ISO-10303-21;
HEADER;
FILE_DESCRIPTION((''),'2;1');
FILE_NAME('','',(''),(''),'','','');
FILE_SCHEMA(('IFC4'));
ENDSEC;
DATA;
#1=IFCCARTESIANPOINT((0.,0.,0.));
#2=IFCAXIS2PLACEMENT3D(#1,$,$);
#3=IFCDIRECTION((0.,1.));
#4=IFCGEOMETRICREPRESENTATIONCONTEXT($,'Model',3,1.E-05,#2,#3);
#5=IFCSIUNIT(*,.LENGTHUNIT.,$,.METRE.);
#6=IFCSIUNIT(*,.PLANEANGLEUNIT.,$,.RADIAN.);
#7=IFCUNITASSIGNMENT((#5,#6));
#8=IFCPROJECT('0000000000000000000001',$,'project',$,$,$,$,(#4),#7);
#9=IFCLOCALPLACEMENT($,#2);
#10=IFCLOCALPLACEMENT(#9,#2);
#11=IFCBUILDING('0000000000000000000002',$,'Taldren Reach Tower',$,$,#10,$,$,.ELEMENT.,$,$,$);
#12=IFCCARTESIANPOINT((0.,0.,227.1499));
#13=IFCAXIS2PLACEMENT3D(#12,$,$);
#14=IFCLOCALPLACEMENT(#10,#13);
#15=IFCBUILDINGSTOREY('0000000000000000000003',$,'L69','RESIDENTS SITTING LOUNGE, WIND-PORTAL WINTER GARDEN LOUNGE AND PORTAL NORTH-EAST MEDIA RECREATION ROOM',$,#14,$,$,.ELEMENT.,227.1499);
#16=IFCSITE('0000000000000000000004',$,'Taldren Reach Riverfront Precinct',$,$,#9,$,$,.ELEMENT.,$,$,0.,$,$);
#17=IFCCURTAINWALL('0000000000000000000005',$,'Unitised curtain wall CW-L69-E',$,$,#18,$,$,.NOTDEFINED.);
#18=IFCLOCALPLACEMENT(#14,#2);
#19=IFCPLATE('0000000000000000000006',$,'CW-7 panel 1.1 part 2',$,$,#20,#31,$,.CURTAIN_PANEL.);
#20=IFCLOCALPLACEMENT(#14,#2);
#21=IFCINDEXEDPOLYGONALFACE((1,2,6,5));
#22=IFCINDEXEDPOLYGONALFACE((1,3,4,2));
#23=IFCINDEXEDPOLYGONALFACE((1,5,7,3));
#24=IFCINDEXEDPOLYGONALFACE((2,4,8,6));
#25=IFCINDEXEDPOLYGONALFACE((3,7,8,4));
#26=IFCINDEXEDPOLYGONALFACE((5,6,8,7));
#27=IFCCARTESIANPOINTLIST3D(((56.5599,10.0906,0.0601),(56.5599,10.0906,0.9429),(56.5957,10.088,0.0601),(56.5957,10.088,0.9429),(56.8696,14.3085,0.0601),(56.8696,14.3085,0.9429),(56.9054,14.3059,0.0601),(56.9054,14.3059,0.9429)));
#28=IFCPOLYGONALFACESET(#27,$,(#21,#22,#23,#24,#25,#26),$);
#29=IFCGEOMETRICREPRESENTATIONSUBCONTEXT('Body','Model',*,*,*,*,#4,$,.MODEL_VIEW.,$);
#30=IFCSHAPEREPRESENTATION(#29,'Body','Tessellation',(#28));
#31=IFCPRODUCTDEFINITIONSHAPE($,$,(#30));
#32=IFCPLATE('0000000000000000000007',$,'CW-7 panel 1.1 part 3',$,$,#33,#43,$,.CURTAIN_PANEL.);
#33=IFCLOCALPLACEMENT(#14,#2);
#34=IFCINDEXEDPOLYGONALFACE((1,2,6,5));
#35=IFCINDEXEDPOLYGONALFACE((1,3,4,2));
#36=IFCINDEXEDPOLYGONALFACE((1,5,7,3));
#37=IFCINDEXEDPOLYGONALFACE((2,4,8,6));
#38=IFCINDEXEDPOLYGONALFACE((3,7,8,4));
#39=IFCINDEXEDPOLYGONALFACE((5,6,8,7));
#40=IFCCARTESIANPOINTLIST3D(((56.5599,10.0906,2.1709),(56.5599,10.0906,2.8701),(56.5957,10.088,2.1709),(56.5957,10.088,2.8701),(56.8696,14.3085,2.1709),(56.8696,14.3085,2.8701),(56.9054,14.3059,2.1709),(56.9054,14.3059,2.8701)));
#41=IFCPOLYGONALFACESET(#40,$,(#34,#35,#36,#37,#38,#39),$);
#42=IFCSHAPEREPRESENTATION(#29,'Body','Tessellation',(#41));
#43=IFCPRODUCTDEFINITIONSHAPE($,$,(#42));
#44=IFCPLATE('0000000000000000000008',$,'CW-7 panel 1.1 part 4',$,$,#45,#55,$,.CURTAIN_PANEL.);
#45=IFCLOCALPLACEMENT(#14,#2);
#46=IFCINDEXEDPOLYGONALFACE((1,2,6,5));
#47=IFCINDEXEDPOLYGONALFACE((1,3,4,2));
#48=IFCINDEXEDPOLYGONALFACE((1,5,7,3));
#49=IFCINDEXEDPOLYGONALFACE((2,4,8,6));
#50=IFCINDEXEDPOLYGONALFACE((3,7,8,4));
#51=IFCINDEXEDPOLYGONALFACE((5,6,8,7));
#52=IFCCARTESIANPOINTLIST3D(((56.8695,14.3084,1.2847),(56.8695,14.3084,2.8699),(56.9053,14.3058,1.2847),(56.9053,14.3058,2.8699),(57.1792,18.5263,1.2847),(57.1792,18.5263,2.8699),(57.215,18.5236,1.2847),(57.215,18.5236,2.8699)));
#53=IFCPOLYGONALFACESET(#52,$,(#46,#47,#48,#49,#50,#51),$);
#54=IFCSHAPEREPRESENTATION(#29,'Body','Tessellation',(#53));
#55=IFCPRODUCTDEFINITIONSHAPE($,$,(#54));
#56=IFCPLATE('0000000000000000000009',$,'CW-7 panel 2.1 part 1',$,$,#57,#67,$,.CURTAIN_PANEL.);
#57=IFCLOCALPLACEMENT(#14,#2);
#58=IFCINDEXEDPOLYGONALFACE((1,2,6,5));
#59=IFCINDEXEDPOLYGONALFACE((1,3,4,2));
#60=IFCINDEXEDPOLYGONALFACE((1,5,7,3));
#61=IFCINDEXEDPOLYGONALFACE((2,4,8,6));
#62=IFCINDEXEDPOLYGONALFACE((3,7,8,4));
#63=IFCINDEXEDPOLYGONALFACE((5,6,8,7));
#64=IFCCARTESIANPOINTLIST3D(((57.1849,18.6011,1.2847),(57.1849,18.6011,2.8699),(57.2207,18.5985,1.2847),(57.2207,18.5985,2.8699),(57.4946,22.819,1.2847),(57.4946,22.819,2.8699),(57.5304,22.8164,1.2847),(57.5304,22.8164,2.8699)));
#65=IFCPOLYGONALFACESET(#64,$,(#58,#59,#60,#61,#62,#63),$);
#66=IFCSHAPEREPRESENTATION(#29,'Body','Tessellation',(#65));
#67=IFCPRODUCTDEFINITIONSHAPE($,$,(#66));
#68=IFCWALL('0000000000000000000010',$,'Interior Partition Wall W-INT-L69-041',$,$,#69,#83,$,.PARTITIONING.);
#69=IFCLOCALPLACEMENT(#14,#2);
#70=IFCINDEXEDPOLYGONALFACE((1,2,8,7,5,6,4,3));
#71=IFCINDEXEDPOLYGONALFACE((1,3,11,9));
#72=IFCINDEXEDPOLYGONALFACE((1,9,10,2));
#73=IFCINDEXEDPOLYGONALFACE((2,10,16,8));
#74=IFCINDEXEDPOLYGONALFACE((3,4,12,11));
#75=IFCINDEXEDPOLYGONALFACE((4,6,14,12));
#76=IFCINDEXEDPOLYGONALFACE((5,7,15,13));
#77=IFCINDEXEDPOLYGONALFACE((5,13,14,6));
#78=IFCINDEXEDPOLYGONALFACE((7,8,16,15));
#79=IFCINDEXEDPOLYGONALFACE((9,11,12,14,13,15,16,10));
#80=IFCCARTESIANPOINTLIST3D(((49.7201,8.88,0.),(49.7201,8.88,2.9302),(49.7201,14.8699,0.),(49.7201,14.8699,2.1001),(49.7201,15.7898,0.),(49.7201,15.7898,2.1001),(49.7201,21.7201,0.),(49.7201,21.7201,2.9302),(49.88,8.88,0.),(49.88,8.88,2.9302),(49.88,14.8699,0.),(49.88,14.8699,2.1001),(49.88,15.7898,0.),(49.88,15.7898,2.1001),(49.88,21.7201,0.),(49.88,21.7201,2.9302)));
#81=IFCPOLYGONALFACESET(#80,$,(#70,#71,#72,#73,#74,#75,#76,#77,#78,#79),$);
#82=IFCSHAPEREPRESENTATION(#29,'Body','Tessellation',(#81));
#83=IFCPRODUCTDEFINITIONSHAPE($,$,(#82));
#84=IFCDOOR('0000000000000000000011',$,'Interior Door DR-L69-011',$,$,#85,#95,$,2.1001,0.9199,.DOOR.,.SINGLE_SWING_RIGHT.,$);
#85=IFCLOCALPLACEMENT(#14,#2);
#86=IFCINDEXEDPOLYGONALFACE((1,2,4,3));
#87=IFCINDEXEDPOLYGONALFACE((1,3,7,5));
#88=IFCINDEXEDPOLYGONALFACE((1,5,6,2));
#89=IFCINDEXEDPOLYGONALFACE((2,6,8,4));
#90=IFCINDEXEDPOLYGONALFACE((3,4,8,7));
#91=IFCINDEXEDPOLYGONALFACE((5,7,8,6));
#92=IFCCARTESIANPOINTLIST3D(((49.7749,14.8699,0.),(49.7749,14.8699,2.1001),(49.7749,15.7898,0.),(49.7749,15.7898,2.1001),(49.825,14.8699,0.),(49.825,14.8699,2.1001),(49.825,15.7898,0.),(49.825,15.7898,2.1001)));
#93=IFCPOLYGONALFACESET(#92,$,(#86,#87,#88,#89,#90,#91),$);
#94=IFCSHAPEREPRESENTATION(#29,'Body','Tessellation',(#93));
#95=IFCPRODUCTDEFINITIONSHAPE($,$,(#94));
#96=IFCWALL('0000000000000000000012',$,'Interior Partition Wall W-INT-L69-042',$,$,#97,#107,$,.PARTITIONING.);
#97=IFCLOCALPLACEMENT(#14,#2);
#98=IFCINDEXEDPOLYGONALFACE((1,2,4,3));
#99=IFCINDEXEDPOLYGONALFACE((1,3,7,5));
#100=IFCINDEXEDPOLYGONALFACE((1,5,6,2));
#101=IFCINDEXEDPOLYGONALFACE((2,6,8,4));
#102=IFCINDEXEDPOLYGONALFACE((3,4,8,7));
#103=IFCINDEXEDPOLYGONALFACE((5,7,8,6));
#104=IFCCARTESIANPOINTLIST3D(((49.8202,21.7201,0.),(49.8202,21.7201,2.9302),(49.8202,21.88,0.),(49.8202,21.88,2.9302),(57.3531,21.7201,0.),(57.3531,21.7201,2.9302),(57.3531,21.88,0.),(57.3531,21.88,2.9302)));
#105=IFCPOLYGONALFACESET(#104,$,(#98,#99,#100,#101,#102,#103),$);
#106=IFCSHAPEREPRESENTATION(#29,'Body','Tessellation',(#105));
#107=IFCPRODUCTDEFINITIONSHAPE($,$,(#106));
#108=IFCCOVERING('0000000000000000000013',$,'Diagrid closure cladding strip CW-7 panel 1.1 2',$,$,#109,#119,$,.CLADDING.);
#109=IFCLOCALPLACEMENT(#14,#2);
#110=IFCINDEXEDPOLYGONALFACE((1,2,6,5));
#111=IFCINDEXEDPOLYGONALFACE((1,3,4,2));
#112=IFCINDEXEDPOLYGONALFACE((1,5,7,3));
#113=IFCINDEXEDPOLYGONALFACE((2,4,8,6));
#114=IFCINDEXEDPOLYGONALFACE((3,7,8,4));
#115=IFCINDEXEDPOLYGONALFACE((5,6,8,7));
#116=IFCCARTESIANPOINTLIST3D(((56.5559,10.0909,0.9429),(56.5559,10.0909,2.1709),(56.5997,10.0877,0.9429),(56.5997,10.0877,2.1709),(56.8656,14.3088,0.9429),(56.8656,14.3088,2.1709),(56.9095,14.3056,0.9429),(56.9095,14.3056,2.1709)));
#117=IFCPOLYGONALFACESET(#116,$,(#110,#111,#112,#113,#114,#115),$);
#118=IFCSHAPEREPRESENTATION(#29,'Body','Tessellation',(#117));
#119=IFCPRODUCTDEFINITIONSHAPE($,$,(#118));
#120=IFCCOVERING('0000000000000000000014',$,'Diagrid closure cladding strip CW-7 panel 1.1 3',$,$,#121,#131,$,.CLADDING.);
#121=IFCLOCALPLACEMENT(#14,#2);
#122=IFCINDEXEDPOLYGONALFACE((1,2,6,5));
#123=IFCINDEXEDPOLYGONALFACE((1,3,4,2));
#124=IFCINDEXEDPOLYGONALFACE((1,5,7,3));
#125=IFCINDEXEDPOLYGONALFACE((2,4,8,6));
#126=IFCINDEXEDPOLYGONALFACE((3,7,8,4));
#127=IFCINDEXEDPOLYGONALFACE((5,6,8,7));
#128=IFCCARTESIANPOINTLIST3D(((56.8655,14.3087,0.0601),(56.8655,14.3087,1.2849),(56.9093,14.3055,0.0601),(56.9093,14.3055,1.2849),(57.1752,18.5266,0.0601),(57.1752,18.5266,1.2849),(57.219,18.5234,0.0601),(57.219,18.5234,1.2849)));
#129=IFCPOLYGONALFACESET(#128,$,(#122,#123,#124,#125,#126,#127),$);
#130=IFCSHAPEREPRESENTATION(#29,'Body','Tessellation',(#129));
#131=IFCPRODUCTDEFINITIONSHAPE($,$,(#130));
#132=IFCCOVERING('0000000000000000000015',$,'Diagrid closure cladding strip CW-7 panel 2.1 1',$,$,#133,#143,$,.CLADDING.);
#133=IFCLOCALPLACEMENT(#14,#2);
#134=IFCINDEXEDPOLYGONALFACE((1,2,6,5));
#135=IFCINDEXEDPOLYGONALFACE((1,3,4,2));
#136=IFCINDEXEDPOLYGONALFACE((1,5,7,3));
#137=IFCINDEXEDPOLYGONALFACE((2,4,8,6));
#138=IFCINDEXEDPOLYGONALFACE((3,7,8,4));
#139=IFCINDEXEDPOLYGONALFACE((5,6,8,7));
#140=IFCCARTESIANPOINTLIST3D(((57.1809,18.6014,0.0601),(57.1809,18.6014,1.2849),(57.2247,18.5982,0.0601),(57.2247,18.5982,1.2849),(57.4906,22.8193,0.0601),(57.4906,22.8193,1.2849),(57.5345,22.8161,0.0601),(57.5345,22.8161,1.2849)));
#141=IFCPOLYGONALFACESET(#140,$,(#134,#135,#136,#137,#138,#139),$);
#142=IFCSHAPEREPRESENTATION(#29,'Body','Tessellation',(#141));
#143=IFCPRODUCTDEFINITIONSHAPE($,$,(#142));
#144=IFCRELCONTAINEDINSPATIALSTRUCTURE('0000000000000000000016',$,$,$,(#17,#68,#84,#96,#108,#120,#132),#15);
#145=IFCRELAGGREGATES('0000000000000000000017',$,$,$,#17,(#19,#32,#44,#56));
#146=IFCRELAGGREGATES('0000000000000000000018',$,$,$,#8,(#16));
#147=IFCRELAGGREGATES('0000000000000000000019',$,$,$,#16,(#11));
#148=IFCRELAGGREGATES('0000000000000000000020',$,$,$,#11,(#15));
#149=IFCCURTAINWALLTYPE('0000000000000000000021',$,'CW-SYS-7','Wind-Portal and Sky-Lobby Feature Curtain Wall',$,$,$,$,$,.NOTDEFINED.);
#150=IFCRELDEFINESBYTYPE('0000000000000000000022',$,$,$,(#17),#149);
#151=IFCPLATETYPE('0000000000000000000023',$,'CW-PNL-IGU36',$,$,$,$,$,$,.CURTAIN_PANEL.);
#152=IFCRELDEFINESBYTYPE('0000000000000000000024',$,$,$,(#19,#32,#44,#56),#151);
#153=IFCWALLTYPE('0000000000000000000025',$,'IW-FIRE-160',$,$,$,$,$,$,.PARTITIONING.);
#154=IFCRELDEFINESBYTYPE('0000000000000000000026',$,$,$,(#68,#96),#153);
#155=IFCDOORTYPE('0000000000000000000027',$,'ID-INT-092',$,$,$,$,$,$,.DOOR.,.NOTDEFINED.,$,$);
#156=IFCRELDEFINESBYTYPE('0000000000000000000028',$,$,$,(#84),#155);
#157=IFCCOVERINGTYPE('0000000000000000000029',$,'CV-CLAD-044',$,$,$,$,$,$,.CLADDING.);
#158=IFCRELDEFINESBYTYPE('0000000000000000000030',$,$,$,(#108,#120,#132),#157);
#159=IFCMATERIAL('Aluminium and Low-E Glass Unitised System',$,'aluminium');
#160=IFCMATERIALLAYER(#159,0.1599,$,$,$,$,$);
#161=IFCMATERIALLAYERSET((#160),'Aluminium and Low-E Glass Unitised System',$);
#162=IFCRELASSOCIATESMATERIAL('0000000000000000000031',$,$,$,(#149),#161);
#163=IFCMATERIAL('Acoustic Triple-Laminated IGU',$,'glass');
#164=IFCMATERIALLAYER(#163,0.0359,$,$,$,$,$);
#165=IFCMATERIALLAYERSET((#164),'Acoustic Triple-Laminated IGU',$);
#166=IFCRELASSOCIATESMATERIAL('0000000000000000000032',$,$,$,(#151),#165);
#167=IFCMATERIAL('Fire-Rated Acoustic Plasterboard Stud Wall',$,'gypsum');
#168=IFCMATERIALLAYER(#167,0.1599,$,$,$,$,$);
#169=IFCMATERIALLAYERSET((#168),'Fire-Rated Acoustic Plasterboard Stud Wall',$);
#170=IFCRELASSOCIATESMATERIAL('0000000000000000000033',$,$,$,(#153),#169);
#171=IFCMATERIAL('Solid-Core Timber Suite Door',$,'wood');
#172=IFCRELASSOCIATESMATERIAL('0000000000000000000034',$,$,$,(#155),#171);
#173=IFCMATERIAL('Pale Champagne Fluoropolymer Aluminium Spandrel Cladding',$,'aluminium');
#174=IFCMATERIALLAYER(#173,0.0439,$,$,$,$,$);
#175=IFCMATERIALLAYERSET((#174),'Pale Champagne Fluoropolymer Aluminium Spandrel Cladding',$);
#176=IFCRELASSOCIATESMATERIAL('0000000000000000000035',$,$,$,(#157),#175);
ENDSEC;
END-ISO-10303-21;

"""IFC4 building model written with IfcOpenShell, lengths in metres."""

from ifc_helpers import new_model, si_unit, direction, frame, frame_2d, origin, origin_2d, place, context, subcontext, project, spatial, rectangle, extrude, source, transform, mapped, material, layer, layer_set, type_object, element, fill, aggregate, save


model = new_model("IFC4")

# Units and contexts
model_context = context("Model", 3, precision=1e-05, world=origin(), true_north=direction((0.0, 1.0)))
body_context = subcontext(model_context, "Body", "Model", "MODEL_VIEW")
ifc_project = project(units=[si_unit("LENGTHUNIT", "METRE"), si_unit("PLANEANGLEUNIT", "RADIAN")], contexts=[model_context])

# Site, building, storey
site_placement = place(None, origin())
site = spatial("IfcSite", under=ifc_project, at=site_placement, Name="Taldren Reach Riverfront Precinct", CompositionType="ELEMENT", RefElevation=0.0)
building_placement = place(site_placement, origin())
building = spatial("IfcBuilding", under=site, at=building_placement, Name="Taldren Reach Tower", CompositionType="ELEMENT")
storey_placement = place(building_placement, frame((0.0, 0.0, 227.1499)))
storey = spatial("IfcBuildingStorey", under=building, at=storey_placement, Name="L69", Description="RESIDENTS SITTING LOUNGE, WIND-PORTAL WINTER GARDEN LOUNGE AND PORTAL NORTH-EAST MEDIA RECREATION ROOM", CompositionType="ELEMENT", Elevation=227.1499)

# Curtain wall
ifc_material_1 = material(Name="Aluminium and Low-E Glass Unitised System", Category="aluminium")
ifc_layer_1 = layer(ifc_material_1, 0.1599)
ifc_layer_set_1 = layer_set([ifc_layer_1], Name="Aluminium and Low-E Glass Unitised System")
curtain_wall_type = type_object("IfcCurtainWallType", Name="CW-SYS-7", Description="Wind-Portal and Sky-Lobby Feature Curtain Wall", PredefinedType="NOTDEFINED", material=ifc_layer_set_1)
curtain_wall_placement = place(storey_placement, origin())
curtain_wall = element("IfcCurtainWall", 1, at=curtain_wall_placement, inside=storey, type_object=curtain_wall_type, Name="Unitised curtain wall CW-L69-E", PredefinedType="NOTDEFINED")

# Plates
ifc_material_2 = material(Name="Acoustic Triple-Laminated IGU", Category="glass")
ifc_layer_2 = layer(ifc_material_2, 0.0359)
ifc_layer_set_2 = layer_set([ifc_layer_2], Name="Acoustic Triple-Laminated IGU")
plate_type_1 = type_object("IfcPlateType", Name="CW-PNL-IGU36", PredefinedType="CURTAIN_PANEL", material=ifc_layer_set_2)
shared_shape_1 = source(origin(), body_context, "Body", "SweptSolid", [
    extrude(rectangle(XDim=4.2292, YDim=0.0359, at=origin_2d()), origin(), (0.0, 0.0, 1.0), 0.8828),
])
plate_1_placement = place(storey_placement, frame((56.7327, 12.1982, 0.0601), z_axis=(0.0, 0.0, 1.0), x_axis=(0.073238, 0.997314, 0.0)))
plate_1 = element("IfcPlate", 2, at=plate_1_placement, type_object=plate_type_1, Name="CW-7 panel 1.1 part 2", PredefinedType="CURTAIN_PANEL", context=body_context, shape_type="MappedRepresentation", body=[
    mapped(shared_shape_1, transform((0.0, 0.0, 0.0), scale=1.0)),
])
shared_shape_2 = source(origin(), body_context, "Body", "SweptSolid", [
    extrude(rectangle(XDim=4.2292, YDim=0.0359, at=origin_2d()), origin(), (0.0, 0.0, 1.0), 0.6992),
])
plate_2_placement = place(storey_placement, frame((56.7327, 12.1982, 2.1709), z_axis=(0.0, 0.0, 1.0), x_axis=(0.073238, 0.997314, 0.0)))
plate_2 = element("IfcPlate", 3, at=plate_2_placement, type_object=plate_type_1, Name="CW-7 panel 1.1 part 3", PredefinedType="CURTAIN_PANEL", context=body_context, shape_type="MappedRepresentation", body=[
    mapped(shared_shape_2, transform((0.0, 0.0, 0.0), scale=1.0)),
])
shared_shape_3 = source(origin(), body_context, "Body", "SweptSolid", [
    extrude(rectangle(XDim=4.2292, YDim=0.0359, at=origin_2d()), origin(), (0.0, 0.0, 1.0), 1.5852),
])
plate_3_placement = place(storey_placement, frame((57.0422, 16.416, 1.2847), z_axis=(0.0, 0.0, 1.0), x_axis=(0.073238, 0.997314, 0.0)))
plate_3 = element("IfcPlate", 4, at=plate_3_placement, type_object=plate_type_1, Name="CW-7 panel 1.1 part 4", PredefinedType="CURTAIN_PANEL", context=body_context, shape_type="MappedRepresentation", body=[
    mapped(shared_shape_3, transform((0.0, 0.0, 0.0), scale=1.0)),
])
plate_4_placement = place(storey_placement, frame((57.3577, 20.7087, 1.2847), z_axis=(0.0, 0.0, 1.0), x_axis=(0.073238, 0.997314, 0.0)))
plate_4 = element("IfcPlate", 5, at=plate_4_placement, type_object=plate_type_1, Name="CW-7 panel 2.1 part 1", PredefinedType="CURTAIN_PANEL", context=body_context, shape_type="MappedRepresentation", body=[
    mapped(shared_shape_3, transform((0.0, 0.0, 0.0), scale=1.0)),
])
aggregate(curtain_wall, [plate_1, plate_2, plate_3, plate_4])

# Wall, opening, door
ifc_material_3 = material(Name="Fire-Rated Acoustic Plasterboard Stud Wall", Category="gypsum")
ifc_layer_3 = layer(ifc_material_3, 0.1599)
ifc_layer_set_3 = layer_set([ifc_layer_3], Name="Fire-Rated Acoustic Plasterboard Stud Wall")
wall_type = type_object("IfcWallType", Name="IW-FIRE-160", PredefinedType="PARTITIONING", material=ifc_layer_set_3)
shared_shape_4 = source(origin(), body_context, "Body", "SweptSolid", [
    extrude(rectangle(XDim=12.8401, YDim=0.1599, at=frame_2d((6.4199, 0.0))), origin(), (0.0, 0.0, 1.0), 2.9302),
])
wall_1_placement = place(storey_placement, frame((49.8, 21.72, 0.0), z_axis=(0.0, 0.0, 1.0), x_axis=(0.0, -1.0, 0.0)))
wall_1 = element("IfcWall", 6, at=wall_1_placement, inside=storey, type_object=wall_type, Name="Interior Partition Wall W-INT-L69-041", PredefinedType="PARTITIONING", context=body_context, shape_type="MappedRepresentation", body=[
    mapped(shared_shape_4, transform((0.0, 0.0, 0.0), scale=1.0)),
])
shared_shape_5 = source(origin(), body_context, "Body", "SweptSolid", [
    extrude(rectangle(XDim=0.9199, YDim=2.1001, at=frame_2d((0.46, 1.05))), frame((0.0, 0.0898, 0.0), z_axis=(0.0, -1.0, 0.0), x_axis=(1.0, 0.0, 0.0)), (0.0, 0.0, 1.0), 0.1799),
])
opening_placement = place(wall_1_placement, frame((5.9302, 0.0, 0.0)))
opening = element("IfcOpeningElement", 7, at=opening_placement, cuts=wall_1, PredefinedType="OPENING", context=body_context, shape_type="MappedRepresentation", body=[
    mapped(shared_shape_5, transform((0.0, 0.0, 0.0), scale=1.0)),
])
ifc_material_4 = material(Name="Solid-Core Timber Suite Door", Category="wood")
door_type = type_object("IfcDoorType", Name="ID-INT-092", OperationType="NOTDEFINED", PredefinedType="DOOR", material=ifc_material_4)
shared_shape_6 = source(origin(), body_context, "Body", "SweptSolid", [
    extrude(rectangle(XDim=0.9199, YDim=2.1001, at=frame_2d((0.46, 1.05))), frame((0.0, 0.0249, 0.0), z_axis=(0.0, -1.0, 0.0), x_axis=(1.0, 0.0, 0.0)), (0.0, 0.0, 1.0), 0.05),
])
door_placement = place(opening_placement, origin())
door = element("IfcDoor", 8, at=door_placement, inside=storey, type_object=door_type, Name="Interior Door DR-L69-011", OperationType="SINGLE_SWING_RIGHT", OverallHeight=2.1001, OverallWidth=0.9199, PredefinedType="DOOR", context=body_context, shape_type="MappedRepresentation", body=[
    mapped(shared_shape_6, transform((0.0, 0.0, 0.0), scale=1.0)),
])
fill(opening, door)

# Wall
shared_shape_7 = source(origin(), body_context, "Body", "SweptSolid", [
    extrude(rectangle(XDim=7.533, YDim=0.1599, at=frame_2d((3.7666, 0.0))), origin(), (0.0, 0.0, 1.0), 2.9302),
])
wall_2_placement = place(storey_placement, frame((57.3533, 21.8, 0.0), z_axis=(0.0, 0.0, 1.0), x_axis=(-1.0, 0.0, 0.0)))
element("IfcWall", 9, at=wall_2_placement, inside=storey, type_object=wall_type, Name="Interior Partition Wall W-INT-L69-042", PredefinedType="PARTITIONING", context=body_context, shape_type="MappedRepresentation", body=[
    mapped(shared_shape_7, transform((0.0, 0.0, 0.0), scale=1.0)),
])

# Coverings
ifc_material_5 = material(Name="Pale Champagne Fluoropolymer Aluminium Spandrel Cladding", Category="aluminium")
ifc_layer_4 = layer(ifc_material_5, 0.0439)
ifc_layer_set_4 = layer_set([ifc_layer_4], Name="Pale Champagne Fluoropolymer Aluminium Spandrel Cladding")
covering_type = type_object("IfcCoveringType", Name="CV-CLAD-044", PredefinedType="CLADDING", material=ifc_layer_set_4)
shared_shape_8 = source(origin(), body_context, "Body", "SweptSolid", [
    extrude(rectangle(XDim=4.2292, YDim=0.0439, at=origin_2d()), origin(), (0.0, 0.0, 1.0), 1.228),
])
covering_placement = place(storey_placement, frame((56.7327, 12.1982, 0.9429), z_axis=(0.0, 0.0, 1.0), x_axis=(0.073238, 0.997314, 0.0)))
element("IfcCovering", 10, at=covering_placement, inside=storey, type_object=covering_type, Name="Diagrid closure cladding strip CW-7 panel 1.1 2", PredefinedType="CLADDING", context=body_context, shape_type="MappedRepresentation", body=[
    mapped(shared_shape_8, transform((0.0, 0.0, 0.0), scale=1.0)),
])
shared_shape_9 = source(origin(), body_context, "Body", "SweptSolid", [
    extrude(rectangle(XDim=4.2292, YDim=0.0439, at=origin_2d()), origin(), (0.0, 0.0, 1.0), 1.2249),
])
for number, where, z_axis, x_axis, name in (
    (11, (57.0422, 16.416, 0.0601), (0.0, 0.0, 1.0), (0.073238, 0.997314, 0.0), "Diagrid closure cladding strip CW-7 panel 1.1 3"),
    (12, (57.3577, 20.7087, 0.0601), (0.0, 0.0, 1.0), (0.073238, 0.997314, 0.0), "Diagrid closure cladding strip CW-7 panel 2.1 1"),
):
    element("IfcCovering", number, at=place(storey_placement, frame(where, z_axis=z_axis, x_axis=x_axis)), inside=storey, type_object=covering_type, Name=name, PredefinedType="CLADDING", context=body_context, shape_type="MappedRepresentation", body=[
        mapped(shared_shape_9, transform((0.0, 0.0, 0.0), scale=1.0)),
    ])

save(model, "model.ifc")
